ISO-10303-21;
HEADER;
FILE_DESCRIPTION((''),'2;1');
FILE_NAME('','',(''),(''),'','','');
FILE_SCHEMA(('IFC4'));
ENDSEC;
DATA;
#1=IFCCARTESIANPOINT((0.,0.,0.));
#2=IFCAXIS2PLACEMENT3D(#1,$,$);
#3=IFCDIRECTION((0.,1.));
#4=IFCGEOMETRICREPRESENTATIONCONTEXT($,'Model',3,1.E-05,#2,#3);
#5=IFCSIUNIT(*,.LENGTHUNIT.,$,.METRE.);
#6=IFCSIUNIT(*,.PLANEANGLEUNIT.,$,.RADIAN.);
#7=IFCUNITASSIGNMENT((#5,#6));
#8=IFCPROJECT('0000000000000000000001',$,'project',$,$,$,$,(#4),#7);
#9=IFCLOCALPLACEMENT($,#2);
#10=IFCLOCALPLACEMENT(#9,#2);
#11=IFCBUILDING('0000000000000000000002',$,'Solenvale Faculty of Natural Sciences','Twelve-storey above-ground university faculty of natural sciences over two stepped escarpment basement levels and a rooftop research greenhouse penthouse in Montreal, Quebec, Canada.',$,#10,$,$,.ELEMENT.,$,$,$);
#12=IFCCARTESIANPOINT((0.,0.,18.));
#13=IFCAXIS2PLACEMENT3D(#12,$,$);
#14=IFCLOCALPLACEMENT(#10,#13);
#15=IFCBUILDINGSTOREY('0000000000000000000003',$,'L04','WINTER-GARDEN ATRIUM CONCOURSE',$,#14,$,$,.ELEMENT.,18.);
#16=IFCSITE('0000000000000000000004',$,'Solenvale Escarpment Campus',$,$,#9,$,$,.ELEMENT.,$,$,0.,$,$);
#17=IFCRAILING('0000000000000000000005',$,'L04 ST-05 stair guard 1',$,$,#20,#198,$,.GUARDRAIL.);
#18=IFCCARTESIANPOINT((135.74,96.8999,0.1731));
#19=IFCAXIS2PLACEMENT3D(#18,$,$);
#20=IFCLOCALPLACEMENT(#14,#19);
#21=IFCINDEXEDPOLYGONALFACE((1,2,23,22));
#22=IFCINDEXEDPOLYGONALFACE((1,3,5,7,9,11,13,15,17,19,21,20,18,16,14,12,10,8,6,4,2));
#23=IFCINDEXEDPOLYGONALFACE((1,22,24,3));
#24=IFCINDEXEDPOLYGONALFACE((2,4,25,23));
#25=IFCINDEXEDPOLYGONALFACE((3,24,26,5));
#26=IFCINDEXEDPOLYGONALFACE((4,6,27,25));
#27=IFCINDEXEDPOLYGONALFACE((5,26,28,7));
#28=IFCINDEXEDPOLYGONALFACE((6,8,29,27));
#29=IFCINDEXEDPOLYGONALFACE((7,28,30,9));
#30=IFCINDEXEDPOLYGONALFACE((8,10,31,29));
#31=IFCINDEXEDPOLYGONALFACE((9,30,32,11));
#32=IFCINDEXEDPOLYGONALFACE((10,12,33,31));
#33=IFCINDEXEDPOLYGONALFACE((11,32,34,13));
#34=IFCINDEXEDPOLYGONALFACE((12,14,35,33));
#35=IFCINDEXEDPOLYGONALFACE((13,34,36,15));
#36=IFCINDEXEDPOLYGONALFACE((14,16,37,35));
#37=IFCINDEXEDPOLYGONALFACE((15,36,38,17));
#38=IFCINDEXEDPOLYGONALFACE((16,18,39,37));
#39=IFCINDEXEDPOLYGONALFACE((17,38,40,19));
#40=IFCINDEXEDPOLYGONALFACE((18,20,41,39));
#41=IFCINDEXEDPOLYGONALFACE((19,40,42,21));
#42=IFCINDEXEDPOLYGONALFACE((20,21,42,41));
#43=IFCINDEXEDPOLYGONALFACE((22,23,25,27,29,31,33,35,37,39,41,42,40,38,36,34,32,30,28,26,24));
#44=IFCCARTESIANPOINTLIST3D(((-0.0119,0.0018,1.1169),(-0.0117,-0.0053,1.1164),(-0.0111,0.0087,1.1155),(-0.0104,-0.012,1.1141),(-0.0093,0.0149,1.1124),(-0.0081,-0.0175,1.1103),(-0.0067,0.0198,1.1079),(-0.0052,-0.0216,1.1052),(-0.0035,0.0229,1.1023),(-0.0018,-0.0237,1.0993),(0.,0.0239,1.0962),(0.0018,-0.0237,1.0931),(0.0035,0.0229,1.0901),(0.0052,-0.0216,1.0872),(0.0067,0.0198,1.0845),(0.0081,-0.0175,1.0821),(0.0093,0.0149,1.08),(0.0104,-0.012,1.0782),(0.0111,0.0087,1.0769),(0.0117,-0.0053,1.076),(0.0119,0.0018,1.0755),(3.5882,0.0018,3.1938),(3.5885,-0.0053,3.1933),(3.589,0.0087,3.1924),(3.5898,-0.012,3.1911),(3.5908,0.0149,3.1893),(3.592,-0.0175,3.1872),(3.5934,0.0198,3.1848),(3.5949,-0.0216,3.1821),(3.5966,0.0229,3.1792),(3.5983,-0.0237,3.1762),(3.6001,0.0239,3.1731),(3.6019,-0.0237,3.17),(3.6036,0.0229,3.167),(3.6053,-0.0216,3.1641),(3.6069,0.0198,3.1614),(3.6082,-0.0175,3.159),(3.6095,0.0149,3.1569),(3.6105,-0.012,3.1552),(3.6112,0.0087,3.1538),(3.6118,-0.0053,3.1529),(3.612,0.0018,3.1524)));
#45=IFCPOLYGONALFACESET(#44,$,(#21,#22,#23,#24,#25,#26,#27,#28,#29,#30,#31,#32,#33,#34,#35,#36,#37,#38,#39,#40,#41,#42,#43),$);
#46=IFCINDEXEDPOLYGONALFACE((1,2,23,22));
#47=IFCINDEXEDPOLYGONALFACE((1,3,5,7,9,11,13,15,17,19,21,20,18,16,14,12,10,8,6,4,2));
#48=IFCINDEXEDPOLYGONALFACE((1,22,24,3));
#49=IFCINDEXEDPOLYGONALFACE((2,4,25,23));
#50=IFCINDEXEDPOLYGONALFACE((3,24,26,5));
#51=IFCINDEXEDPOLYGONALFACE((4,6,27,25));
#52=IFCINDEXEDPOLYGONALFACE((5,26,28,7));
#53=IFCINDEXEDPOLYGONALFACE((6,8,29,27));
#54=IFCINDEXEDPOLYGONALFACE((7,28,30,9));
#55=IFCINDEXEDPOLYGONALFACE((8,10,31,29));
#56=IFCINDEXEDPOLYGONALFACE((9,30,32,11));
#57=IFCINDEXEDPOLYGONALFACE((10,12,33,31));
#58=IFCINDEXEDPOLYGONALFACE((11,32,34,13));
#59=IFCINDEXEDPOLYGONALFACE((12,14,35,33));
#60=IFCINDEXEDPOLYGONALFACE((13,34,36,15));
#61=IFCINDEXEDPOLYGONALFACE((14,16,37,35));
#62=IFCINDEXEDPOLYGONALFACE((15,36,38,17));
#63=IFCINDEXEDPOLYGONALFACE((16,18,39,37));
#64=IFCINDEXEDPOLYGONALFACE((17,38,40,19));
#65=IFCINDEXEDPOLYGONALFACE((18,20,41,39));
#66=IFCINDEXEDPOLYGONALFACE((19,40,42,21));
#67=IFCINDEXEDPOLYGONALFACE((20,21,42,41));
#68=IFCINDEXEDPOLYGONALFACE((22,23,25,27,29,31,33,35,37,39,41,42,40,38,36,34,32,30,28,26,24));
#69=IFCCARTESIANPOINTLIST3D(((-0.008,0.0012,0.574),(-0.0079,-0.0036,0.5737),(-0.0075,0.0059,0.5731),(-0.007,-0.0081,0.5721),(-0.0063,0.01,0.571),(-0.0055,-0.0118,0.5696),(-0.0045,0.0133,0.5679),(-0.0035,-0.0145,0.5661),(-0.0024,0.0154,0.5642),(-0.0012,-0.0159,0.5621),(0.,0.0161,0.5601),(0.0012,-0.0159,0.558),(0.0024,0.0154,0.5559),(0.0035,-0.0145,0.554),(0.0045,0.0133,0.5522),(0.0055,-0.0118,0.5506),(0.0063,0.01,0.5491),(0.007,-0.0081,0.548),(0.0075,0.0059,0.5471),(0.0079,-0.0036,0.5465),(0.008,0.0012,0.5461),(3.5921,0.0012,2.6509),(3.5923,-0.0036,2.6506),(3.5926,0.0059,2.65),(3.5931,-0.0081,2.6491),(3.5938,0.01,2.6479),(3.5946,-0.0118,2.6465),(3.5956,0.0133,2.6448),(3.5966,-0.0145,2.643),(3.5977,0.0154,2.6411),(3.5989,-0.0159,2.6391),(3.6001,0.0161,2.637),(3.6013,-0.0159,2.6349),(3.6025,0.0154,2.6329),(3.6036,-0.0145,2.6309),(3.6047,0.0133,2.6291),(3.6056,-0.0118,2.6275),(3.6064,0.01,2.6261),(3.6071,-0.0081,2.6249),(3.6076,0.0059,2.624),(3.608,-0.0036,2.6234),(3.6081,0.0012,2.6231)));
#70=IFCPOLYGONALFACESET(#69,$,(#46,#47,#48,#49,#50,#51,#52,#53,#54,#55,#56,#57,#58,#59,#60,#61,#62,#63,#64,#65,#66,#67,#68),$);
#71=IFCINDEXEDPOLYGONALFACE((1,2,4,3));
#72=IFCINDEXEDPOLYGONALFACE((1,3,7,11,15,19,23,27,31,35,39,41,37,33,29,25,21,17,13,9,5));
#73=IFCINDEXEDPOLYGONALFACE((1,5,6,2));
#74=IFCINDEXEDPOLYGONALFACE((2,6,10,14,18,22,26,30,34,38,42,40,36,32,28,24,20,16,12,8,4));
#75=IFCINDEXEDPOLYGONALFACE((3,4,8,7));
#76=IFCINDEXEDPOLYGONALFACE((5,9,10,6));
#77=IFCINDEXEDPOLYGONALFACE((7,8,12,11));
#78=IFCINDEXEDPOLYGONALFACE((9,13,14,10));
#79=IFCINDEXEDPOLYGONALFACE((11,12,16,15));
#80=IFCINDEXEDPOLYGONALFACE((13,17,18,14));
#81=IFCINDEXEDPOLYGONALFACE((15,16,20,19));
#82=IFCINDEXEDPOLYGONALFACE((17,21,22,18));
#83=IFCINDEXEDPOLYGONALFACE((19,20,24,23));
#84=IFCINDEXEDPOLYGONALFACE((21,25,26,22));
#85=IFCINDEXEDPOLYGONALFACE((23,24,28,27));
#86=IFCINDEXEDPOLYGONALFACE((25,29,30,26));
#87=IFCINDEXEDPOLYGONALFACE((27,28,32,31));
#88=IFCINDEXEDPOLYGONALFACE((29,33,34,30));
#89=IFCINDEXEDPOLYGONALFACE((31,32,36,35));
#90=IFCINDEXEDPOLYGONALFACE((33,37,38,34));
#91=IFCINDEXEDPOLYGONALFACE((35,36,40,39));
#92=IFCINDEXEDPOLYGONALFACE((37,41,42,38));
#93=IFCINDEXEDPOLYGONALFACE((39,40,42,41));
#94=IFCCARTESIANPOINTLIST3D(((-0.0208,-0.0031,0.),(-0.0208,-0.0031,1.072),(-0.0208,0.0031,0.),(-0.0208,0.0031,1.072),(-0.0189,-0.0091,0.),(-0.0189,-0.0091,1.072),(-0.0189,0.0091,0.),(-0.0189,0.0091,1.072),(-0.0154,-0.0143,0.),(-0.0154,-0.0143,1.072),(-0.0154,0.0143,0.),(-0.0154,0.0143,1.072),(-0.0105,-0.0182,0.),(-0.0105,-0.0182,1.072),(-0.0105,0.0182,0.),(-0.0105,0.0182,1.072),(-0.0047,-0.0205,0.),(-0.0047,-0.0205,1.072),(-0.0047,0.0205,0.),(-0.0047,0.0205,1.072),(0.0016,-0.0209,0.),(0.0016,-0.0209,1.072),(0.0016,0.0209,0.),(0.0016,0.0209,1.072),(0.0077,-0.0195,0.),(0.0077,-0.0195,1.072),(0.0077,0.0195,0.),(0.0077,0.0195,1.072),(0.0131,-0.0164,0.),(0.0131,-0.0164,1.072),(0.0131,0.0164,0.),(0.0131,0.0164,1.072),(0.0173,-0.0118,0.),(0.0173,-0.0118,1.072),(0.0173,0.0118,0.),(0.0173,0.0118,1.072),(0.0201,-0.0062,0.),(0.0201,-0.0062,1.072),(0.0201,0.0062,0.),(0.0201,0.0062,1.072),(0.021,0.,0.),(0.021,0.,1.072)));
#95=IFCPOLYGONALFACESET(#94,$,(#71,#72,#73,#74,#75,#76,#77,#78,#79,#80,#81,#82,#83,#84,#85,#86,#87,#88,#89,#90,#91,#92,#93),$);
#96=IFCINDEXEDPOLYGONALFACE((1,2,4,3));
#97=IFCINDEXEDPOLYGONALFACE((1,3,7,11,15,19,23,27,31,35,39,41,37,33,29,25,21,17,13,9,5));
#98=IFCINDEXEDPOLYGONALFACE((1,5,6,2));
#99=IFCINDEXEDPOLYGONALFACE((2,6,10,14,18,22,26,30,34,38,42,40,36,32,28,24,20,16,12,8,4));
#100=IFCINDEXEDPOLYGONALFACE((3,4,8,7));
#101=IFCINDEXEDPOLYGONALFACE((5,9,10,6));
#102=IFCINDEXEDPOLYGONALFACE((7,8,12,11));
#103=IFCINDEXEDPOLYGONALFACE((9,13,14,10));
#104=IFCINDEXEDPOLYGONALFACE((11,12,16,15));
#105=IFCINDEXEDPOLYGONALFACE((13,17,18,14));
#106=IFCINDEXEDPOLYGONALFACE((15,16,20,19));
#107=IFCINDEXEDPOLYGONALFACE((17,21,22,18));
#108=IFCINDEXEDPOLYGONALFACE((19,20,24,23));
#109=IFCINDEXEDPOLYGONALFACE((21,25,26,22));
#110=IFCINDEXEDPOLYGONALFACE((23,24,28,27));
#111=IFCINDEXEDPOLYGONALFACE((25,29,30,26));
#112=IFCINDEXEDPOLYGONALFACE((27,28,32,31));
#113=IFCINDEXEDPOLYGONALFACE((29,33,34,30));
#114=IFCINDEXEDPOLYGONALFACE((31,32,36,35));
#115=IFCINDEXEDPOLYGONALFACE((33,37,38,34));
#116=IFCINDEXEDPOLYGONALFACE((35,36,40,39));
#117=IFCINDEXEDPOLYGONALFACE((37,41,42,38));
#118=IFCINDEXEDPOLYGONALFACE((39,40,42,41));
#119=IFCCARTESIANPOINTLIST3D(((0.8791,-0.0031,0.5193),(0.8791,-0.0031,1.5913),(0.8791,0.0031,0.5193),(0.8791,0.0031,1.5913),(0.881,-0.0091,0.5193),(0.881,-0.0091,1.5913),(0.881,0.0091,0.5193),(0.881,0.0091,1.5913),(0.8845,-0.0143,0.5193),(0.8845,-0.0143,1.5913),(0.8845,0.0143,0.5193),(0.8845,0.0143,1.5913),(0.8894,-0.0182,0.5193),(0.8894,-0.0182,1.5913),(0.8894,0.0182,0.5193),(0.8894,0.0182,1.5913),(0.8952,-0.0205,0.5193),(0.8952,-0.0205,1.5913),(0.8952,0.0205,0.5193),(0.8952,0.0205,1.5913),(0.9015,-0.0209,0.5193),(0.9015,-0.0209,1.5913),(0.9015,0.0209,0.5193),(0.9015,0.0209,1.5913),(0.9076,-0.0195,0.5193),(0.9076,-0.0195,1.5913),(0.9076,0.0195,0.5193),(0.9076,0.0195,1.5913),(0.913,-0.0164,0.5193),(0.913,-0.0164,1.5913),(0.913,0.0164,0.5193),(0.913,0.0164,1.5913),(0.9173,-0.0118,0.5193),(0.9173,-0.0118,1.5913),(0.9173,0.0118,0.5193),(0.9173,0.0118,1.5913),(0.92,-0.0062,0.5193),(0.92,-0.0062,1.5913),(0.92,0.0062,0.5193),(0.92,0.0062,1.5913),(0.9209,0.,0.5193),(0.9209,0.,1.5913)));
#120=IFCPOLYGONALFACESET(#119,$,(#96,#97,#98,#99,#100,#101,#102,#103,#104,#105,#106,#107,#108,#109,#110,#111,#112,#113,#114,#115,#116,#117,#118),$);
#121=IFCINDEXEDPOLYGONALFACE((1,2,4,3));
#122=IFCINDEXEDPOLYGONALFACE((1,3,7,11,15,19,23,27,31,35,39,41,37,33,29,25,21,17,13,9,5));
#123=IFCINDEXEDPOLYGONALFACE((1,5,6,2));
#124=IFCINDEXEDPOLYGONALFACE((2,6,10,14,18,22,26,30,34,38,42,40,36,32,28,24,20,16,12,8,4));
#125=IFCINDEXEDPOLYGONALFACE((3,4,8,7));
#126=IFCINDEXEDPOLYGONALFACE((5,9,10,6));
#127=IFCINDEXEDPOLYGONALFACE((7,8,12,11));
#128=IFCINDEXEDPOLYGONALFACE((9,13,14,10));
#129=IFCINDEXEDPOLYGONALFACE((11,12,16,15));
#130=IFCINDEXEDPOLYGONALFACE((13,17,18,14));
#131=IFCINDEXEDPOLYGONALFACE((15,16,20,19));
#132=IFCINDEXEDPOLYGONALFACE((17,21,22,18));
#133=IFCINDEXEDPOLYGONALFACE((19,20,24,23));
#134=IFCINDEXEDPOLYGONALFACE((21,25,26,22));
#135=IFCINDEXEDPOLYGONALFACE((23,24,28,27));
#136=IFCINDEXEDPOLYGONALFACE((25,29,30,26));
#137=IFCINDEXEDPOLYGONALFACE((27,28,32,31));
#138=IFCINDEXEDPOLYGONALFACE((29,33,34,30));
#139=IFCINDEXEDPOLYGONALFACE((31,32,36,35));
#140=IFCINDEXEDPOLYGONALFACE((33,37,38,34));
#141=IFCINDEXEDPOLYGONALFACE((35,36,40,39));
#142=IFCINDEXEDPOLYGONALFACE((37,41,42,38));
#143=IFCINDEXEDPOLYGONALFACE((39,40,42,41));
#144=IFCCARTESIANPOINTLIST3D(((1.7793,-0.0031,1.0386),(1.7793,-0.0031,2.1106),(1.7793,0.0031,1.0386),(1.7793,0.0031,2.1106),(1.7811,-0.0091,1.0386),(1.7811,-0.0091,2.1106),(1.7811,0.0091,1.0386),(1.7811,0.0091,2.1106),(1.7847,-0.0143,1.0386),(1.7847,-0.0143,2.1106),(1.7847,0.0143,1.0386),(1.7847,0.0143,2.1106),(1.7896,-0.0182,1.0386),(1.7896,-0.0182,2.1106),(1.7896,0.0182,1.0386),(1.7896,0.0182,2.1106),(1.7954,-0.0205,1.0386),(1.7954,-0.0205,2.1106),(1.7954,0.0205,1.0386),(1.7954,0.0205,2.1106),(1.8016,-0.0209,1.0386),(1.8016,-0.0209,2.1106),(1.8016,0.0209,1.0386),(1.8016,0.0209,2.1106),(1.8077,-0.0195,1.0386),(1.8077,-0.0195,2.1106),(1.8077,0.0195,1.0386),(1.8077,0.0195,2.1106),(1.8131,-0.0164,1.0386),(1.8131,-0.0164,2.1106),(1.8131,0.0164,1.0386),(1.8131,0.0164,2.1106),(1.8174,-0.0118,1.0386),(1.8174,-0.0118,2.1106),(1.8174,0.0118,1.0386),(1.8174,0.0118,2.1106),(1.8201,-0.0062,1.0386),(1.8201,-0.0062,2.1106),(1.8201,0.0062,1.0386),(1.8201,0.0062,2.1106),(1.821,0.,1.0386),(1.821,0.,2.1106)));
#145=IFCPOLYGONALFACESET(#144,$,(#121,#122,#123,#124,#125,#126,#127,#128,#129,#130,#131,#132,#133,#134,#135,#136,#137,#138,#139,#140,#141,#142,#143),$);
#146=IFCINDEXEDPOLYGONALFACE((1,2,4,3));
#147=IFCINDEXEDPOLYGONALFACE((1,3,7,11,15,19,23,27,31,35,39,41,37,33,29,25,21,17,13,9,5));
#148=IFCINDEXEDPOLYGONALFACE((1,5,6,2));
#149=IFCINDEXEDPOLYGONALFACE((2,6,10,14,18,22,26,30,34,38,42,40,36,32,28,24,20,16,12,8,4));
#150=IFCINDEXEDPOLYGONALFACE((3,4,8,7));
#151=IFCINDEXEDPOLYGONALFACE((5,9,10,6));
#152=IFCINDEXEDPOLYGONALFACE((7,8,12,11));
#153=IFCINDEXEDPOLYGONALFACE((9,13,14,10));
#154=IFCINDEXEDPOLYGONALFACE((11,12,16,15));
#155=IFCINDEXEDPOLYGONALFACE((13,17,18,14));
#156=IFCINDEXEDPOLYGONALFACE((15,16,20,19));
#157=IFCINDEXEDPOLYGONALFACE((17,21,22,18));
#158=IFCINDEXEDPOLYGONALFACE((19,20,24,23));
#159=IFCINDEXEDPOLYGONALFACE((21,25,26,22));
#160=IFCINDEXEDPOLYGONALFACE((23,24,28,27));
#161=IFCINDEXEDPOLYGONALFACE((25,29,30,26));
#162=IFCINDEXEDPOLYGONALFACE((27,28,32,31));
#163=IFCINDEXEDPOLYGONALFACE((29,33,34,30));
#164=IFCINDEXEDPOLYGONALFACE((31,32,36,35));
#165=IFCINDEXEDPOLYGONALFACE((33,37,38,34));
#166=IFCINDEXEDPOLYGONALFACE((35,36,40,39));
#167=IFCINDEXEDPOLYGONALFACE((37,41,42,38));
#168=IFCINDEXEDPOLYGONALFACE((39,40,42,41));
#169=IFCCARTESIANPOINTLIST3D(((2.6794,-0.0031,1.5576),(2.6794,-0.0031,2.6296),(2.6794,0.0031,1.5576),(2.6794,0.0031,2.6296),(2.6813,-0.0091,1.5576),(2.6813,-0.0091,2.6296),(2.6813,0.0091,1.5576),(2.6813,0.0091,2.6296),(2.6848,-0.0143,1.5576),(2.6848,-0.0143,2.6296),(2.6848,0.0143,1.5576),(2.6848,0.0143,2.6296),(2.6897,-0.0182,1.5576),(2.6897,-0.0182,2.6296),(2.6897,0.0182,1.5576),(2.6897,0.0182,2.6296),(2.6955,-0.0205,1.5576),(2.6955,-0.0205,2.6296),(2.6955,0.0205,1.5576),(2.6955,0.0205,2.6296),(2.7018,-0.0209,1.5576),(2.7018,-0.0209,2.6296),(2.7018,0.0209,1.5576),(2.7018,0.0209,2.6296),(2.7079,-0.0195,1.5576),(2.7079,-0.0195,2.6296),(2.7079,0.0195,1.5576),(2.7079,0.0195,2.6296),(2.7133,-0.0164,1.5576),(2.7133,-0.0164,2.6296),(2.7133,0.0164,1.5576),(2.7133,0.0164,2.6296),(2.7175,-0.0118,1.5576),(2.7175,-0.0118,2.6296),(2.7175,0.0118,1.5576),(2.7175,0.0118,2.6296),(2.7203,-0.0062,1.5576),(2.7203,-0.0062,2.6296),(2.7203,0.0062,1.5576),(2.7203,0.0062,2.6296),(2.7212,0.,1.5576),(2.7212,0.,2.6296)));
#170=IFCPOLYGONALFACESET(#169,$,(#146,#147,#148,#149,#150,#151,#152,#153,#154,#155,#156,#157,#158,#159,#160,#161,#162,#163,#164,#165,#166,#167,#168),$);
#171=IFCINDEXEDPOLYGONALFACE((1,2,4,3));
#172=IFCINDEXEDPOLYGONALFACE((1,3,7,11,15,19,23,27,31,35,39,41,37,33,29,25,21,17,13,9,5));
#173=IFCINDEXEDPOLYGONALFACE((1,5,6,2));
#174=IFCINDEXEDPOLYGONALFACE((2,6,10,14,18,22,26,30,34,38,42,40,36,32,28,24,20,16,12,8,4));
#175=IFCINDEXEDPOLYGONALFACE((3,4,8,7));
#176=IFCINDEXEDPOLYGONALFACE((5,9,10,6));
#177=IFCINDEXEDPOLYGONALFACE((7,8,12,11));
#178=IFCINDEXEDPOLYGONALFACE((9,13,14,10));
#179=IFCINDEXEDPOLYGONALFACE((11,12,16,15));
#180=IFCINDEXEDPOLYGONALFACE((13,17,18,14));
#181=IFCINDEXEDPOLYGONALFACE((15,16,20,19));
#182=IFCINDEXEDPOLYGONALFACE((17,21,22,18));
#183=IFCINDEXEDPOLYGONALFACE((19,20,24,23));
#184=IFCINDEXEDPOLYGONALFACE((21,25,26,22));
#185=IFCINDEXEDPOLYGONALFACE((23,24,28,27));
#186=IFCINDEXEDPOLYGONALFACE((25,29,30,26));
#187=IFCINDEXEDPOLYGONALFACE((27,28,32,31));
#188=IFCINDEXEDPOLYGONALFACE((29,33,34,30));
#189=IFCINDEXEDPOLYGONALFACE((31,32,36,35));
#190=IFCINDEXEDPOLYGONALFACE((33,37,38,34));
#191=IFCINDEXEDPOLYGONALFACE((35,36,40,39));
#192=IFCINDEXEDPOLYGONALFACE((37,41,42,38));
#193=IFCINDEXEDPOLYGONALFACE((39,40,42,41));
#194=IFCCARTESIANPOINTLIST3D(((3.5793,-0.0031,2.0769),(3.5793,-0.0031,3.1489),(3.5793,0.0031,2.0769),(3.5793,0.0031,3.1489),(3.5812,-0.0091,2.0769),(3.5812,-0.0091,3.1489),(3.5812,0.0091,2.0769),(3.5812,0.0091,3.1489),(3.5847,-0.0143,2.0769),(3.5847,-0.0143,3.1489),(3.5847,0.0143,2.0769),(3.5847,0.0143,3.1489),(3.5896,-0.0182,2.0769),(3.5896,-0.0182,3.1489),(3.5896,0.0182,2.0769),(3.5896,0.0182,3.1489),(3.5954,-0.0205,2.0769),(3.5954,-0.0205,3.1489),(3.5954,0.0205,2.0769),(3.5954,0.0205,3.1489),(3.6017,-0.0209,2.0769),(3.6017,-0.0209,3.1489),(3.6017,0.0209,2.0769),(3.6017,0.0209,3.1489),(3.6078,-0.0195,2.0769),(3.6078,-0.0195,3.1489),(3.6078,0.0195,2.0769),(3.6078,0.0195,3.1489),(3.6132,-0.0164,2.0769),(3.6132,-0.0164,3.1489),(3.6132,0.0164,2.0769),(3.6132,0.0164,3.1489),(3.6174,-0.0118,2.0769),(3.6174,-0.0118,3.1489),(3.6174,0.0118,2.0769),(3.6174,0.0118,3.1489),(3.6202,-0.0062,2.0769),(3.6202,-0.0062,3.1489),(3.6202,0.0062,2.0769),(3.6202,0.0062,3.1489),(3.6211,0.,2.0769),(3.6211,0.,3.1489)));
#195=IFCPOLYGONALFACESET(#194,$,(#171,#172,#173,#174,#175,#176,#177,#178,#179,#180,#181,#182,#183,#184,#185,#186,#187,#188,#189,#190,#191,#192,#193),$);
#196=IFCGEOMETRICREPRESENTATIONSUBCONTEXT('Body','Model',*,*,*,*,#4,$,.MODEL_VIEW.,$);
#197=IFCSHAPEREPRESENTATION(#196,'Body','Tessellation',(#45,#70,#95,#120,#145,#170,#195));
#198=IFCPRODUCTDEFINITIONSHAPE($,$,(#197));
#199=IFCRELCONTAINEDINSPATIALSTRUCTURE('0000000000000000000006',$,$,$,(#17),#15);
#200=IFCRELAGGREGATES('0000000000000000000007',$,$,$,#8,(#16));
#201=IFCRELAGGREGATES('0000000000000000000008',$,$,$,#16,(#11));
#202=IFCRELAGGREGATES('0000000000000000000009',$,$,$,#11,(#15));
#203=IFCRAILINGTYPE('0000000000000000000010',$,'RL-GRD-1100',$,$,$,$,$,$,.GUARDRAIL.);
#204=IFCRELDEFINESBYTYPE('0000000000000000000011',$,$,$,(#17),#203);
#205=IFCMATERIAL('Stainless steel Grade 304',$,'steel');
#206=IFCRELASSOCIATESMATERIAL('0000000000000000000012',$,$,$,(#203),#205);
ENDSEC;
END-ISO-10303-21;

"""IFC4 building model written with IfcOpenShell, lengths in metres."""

from ifc_helpers import new_model, si_unit, direction, frame, origin, origin_2d, place, context, subcontext, project, spatial, circle, extrude, material, type_object, element, save


model = new_model("IFC4")

# Units and contexts
model_context = context("Model", 3, precision=1e-05, world=origin(), true_north=direction((0.0, 1.0)))
body_context = subcontext(model_context, "Body", "Model", "MODEL_VIEW")
ifc_project = project(units=[si_unit("LENGTHUNIT", "METRE"), si_unit("PLANEANGLEUNIT", "RADIAN")], contexts=[model_context])

# Site, building, storey
site_placement = place(None, origin())
site = spatial("IfcSite", under=ifc_project, at=site_placement, Name="Solenvale Escarpment Campus", CompositionType="ELEMENT", RefElevation=0.0)
building_placement = place(site_placement, origin())
building = spatial("IfcBuilding", under=site, at=building_placement, Name="Solenvale Faculty of Natural Sciences", Description="Twelve-storey above-ground university faculty of natural sciences over two stepped escarpment basement levels and a rooftop research greenhouse penthouse in Montreal, Quebec, Canada.", CompositionType="ELEMENT")
storey_placement = place(building_placement, frame((0.0, 0.0, 18.0)))
storey = spatial("IfcBuildingStorey", under=building, at=storey_placement, Name="L04", Description="WINTER-GARDEN ATRIUM CONCOURSE", CompositionType="ELEMENT", Elevation=18.0)

# Railing
ifc_material_1 = material(Name="Stainless steel Grade 304", Category="steel")
railing_type_1 = type_object("IfcRailingType", Name="RL-GRD-1100", PredefinedType="GUARDRAIL", material=ifc_material_1)
railing_1_placement = place(storey_placement, frame((135.74, 96.8999, 0.1731)))
element("IfcRailing", 1, at=railing_1_placement, inside=storey, type_object=railing_type_1, Name="L04 ST-05 stair guard 1", PredefinedType="GUARDRAIL", context=body_context, shape_type="SweptSolid", body=[
    extrude(circle(Radius=0.0239, at=origin_2d()), frame((0.0, 0.0, 1.0962), z_axis=(0.866193, 0.0, 0.499709), x_axis=(0.0, 1.0, 0.0)), (0.0, 0.0, 1.0), 4.1562),
    extrude(circle(Radius=0.0161, at=origin_2d()), frame((0.0, 0.0, 0.5601), z_axis=(0.866193, 0.0, 0.499709), x_axis=(0.0, 1.0, 0.0)), (0.0, 0.0, 1.0), 4.1562),
    extrude(circle(Radius=0.021, at=origin_2d()), origin(), (0.0, 0.0, 1.0), 1.072),
    extrude(circle(Radius=0.021, at=origin_2d()), frame((0.8999, 0.0, 0.5193)), (0.0, 0.0, 1.0), 1.072),
    extrude(circle(Radius=0.021, at=origin_2d()), frame((1.8, 0.0, 1.0386)), (0.0, 0.0, 1.0), 1.072),
    extrude(circle(Radius=0.021, at=origin_2d()), frame((2.7002, 0.0, 1.5576)), (0.0, 0.0, 1.0), 1.072),
    extrude(circle(Radius=0.021, at=origin_2d()), frame((3.6001, 0.0, 2.0769)), (0.0, 0.0, 1.0), 1.072),
])

save(model, "model.ifc")
